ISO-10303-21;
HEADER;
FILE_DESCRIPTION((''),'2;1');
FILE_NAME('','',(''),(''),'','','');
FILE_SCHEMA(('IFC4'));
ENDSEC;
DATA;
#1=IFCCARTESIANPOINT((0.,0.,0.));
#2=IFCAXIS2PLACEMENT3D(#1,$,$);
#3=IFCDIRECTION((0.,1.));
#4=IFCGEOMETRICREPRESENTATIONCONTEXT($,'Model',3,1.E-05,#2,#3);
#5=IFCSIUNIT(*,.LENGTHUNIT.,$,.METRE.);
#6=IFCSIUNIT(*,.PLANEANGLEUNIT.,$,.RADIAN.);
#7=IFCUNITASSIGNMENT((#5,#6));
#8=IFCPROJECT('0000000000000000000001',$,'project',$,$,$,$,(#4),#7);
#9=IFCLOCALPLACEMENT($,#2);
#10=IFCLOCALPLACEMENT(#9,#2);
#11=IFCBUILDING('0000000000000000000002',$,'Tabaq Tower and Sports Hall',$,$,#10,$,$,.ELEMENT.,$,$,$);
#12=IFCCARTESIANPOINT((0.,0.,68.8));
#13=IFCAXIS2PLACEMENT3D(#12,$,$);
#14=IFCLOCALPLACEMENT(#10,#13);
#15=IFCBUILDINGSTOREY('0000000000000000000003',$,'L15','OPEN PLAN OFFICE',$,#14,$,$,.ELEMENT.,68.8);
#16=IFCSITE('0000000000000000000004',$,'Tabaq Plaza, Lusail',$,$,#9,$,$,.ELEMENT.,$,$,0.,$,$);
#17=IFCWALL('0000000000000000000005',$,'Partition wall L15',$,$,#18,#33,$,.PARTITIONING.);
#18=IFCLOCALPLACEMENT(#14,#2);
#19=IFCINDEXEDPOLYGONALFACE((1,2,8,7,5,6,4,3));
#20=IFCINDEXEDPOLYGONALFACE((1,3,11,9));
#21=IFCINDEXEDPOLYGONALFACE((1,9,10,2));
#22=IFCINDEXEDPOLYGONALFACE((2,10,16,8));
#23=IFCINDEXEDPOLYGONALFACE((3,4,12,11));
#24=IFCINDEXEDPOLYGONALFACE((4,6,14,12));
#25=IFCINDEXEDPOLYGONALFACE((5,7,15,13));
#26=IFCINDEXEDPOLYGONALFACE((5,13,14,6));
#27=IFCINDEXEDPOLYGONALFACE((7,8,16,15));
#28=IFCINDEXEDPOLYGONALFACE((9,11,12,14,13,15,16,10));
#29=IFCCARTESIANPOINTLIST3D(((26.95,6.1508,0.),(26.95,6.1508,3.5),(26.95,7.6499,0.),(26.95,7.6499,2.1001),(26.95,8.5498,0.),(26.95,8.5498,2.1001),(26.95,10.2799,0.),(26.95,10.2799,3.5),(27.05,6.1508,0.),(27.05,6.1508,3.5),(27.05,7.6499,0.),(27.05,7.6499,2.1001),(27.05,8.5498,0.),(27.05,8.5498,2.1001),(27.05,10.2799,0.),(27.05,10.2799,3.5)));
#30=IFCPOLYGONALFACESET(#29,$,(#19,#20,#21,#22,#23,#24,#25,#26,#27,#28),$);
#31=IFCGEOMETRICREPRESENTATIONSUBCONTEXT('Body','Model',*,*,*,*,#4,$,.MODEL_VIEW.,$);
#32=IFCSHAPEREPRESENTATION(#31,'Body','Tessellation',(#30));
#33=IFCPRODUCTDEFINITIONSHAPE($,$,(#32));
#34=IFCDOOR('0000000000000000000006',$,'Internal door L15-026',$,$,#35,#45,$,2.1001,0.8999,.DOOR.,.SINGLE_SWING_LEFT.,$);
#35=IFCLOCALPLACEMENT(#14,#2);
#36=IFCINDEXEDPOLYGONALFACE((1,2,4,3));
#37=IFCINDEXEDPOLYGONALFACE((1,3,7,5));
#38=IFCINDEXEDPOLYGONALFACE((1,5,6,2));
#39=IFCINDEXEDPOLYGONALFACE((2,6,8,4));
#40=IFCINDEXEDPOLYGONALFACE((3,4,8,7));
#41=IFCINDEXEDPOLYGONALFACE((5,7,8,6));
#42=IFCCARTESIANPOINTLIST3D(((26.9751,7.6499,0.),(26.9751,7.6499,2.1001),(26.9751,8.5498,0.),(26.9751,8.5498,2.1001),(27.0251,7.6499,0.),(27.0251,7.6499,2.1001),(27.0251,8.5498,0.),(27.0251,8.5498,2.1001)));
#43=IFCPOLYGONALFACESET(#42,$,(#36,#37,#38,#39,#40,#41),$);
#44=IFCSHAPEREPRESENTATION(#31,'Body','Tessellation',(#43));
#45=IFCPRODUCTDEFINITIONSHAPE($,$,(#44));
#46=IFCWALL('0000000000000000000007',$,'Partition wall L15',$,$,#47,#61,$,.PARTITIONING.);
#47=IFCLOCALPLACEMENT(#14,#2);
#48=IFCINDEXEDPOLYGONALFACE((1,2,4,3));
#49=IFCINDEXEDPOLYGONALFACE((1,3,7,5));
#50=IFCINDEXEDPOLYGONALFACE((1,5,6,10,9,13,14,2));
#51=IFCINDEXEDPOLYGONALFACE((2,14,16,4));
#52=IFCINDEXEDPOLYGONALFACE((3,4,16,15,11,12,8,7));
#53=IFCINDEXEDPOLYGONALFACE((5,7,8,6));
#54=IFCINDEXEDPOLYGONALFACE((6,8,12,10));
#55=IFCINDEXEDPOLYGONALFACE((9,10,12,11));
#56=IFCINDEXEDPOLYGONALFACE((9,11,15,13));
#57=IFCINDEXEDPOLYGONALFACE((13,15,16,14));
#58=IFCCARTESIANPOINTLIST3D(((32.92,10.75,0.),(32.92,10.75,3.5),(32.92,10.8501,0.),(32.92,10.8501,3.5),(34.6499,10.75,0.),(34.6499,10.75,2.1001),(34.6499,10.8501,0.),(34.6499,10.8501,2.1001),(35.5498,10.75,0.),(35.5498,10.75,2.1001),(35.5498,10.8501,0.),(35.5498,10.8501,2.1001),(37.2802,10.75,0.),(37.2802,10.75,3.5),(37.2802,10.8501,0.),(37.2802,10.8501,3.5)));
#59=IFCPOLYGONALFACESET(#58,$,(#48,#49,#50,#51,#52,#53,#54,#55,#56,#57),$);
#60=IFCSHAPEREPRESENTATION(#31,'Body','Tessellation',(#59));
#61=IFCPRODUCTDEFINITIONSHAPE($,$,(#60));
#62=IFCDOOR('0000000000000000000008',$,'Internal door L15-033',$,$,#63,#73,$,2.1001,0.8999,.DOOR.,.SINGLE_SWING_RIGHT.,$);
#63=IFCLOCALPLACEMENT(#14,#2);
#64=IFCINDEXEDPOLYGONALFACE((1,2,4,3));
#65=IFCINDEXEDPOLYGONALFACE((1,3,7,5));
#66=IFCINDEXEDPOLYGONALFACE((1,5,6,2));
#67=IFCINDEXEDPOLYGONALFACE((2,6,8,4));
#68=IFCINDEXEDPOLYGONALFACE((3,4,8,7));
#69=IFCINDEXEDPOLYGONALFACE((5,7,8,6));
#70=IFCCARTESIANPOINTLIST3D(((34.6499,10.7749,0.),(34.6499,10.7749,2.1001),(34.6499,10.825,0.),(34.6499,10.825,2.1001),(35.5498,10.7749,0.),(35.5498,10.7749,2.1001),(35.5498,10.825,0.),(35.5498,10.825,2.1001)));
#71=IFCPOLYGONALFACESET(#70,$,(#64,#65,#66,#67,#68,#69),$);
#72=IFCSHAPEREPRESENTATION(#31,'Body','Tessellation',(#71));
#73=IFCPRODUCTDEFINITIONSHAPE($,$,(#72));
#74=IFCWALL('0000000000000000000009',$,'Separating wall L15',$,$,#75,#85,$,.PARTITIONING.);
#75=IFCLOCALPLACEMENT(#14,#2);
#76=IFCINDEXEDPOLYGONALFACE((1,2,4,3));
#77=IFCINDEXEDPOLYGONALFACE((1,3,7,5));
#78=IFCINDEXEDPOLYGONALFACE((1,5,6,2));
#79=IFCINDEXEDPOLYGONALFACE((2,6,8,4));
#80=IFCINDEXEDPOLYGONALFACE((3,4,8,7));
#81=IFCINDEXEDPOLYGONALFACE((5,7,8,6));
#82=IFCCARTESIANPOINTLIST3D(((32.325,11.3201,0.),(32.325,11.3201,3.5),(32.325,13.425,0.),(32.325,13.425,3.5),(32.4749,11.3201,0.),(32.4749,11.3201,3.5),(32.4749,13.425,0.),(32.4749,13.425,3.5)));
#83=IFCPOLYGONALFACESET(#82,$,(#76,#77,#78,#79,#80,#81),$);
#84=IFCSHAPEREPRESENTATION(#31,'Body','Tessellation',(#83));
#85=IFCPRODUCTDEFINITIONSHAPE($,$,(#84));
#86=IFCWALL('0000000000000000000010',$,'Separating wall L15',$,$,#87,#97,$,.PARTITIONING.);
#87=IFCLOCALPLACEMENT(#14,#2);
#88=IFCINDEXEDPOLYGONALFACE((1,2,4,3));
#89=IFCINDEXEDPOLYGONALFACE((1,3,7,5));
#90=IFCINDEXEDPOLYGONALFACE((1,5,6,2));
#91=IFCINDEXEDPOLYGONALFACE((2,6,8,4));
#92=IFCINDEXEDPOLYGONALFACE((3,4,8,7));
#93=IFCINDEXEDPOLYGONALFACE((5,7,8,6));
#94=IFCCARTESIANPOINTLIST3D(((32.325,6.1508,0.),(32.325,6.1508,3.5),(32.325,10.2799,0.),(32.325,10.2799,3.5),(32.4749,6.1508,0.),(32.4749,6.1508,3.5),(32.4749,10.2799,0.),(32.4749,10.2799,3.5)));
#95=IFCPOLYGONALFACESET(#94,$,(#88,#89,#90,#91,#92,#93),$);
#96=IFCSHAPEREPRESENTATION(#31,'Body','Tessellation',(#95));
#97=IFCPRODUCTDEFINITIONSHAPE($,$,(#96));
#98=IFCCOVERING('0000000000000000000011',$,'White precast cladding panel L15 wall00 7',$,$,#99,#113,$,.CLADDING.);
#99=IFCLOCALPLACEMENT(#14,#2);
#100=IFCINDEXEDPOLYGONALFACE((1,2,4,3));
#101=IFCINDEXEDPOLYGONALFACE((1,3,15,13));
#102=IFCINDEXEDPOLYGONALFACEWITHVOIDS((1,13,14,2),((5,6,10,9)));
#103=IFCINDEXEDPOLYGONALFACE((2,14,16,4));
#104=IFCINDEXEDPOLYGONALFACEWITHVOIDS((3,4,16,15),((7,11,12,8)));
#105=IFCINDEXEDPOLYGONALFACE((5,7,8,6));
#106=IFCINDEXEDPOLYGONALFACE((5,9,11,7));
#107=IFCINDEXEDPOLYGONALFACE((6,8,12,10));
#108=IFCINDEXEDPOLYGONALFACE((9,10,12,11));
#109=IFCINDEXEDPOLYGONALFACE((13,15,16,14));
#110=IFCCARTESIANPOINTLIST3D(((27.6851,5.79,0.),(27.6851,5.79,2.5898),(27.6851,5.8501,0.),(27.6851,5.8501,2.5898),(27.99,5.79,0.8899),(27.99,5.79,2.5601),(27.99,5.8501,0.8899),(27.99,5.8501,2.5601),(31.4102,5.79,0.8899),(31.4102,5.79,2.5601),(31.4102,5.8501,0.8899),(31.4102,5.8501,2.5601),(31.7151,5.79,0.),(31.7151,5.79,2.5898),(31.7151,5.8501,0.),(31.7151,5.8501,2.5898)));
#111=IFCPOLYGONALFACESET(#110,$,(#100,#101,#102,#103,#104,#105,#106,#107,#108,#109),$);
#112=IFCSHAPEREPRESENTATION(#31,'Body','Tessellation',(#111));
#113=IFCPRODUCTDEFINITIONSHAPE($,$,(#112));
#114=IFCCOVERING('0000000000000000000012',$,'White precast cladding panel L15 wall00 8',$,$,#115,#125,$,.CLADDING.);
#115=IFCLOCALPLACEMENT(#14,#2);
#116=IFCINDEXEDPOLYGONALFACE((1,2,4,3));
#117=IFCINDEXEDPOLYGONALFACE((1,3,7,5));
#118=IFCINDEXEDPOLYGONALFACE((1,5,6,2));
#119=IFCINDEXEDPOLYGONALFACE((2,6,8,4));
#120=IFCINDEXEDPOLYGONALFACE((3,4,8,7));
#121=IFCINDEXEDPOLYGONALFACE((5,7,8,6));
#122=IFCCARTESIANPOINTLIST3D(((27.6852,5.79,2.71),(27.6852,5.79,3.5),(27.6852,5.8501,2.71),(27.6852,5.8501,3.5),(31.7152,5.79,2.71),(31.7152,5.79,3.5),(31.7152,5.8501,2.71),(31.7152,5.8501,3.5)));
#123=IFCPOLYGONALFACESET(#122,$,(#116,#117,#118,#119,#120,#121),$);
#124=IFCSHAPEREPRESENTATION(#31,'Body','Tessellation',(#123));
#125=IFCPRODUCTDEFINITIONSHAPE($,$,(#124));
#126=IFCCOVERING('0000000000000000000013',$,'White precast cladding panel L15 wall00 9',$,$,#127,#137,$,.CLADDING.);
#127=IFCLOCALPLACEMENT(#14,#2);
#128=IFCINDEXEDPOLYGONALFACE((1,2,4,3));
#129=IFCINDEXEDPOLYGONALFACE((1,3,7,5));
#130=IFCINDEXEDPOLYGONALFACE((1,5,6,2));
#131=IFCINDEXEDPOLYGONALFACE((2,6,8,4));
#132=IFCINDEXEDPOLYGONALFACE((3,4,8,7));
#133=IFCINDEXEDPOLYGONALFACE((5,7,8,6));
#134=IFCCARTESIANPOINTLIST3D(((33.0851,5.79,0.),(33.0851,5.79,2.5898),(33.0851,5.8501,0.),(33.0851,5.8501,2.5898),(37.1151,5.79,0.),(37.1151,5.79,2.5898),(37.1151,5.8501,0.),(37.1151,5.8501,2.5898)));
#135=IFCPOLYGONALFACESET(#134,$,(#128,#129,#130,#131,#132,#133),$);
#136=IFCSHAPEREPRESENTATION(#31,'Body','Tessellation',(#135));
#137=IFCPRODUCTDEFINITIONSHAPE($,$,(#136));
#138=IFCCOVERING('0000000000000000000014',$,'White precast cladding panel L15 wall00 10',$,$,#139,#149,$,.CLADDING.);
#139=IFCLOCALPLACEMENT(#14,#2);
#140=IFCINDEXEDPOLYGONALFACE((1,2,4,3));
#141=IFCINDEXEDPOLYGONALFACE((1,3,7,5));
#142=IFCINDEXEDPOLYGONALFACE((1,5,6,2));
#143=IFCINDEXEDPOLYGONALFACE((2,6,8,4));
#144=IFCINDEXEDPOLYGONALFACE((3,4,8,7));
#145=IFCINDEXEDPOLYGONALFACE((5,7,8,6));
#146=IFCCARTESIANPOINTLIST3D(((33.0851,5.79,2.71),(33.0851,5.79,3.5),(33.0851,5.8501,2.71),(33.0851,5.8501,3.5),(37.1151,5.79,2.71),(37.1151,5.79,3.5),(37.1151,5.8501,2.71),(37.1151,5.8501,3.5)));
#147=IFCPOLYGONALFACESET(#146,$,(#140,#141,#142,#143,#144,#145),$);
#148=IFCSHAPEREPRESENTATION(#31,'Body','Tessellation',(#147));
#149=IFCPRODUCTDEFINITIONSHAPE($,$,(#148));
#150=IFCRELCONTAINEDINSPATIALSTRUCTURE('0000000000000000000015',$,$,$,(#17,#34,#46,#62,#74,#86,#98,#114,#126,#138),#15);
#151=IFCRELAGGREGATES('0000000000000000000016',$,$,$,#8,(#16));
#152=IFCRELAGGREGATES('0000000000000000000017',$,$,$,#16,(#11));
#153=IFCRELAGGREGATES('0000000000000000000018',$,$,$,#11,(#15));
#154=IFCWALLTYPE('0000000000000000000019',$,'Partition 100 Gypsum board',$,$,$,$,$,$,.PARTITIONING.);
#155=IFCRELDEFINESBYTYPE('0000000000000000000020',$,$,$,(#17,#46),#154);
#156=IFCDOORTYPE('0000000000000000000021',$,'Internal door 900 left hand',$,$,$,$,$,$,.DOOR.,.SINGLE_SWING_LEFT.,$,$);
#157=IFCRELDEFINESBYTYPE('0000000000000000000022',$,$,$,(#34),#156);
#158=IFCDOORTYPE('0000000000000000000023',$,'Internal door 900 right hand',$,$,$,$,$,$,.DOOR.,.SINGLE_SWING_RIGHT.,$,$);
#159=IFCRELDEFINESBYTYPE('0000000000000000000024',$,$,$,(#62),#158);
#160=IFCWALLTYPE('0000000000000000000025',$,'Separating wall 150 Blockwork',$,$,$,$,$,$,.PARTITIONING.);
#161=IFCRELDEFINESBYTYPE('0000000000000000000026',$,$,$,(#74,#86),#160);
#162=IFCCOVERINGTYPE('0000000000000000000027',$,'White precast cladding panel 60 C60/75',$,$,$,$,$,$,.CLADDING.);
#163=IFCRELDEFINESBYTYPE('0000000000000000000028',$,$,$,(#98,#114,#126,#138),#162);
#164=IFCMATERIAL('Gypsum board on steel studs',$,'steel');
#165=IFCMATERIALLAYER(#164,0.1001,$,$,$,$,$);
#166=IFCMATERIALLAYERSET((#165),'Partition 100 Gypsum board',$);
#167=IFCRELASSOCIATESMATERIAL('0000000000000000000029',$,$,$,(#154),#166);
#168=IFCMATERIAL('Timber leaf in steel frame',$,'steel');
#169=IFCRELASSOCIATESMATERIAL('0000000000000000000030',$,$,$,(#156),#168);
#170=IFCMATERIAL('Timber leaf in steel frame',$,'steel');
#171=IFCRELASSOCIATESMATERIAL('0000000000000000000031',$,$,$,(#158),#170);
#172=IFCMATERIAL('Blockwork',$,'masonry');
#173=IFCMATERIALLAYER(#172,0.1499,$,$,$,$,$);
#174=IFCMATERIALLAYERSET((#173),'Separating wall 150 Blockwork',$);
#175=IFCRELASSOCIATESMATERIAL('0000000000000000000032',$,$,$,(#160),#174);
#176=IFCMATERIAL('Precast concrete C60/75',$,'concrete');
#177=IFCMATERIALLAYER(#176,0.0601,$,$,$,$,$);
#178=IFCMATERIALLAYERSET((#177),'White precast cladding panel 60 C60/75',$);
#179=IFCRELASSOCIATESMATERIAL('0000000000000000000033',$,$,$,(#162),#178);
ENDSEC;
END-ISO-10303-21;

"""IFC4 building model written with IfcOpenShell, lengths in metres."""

from ifc_helpers import new_model, si_unit, direction, frame, frame_2d, origin, place, context, subcontext, project, spatial, polyline, rectangle, outline, extrude, material, layer, layer_set, type_object, element, fill, save


model = new_model("IFC4")

# Units and contexts
model_context = context("Model", 3, precision=1e-05, world=origin(), true_north=direction((0.0, 1.0)))
body_context = subcontext(model_context, "Body", "Model", "MODEL_VIEW")
ifc_project = project(units=[si_unit("LENGTHUNIT", "METRE"), si_unit("PLANEANGLEUNIT", "RADIAN")], contexts=[model_context])

# Site, building, storey
site_placement = place(None, origin())
site = spatial("IfcSite", under=ifc_project, at=site_placement, Name="Tabaq Plaza, Lusail", CompositionType="ELEMENT", RefElevation=0.0)
building_placement = place(site_placement, origin())
building = spatial("IfcBuilding", under=site, at=building_placement, Name="Tabaq Tower and Sports Hall", CompositionType="ELEMENT")
storey_placement = place(building_placement, frame((0.0, 0.0, 68.8)))
storey = spatial("IfcBuildingStorey", under=building, at=storey_placement, Name="L15", Description="OPEN PLAN OFFICE", CompositionType="ELEMENT", Elevation=68.8)

# Shared definitions
ifc_material_1 = material(Name="Gypsum board on steel studs", Category="steel")
ifc_layer_1 = layer(ifc_material_1, 0.1001)
ifc_layer_set_1 = layer_set([ifc_layer_1], Name="Partition 100 Gypsum board")
wall_type_1 = type_object("IfcWallType", Name="Partition 100 Gypsum board", PredefinedType="PARTITIONING", material=ifc_layer_set_1)
ifc_material_2 = material(Name="Timber leaf in steel frame", Category="steel")
door_type_1 = type_object("IfcDoorType", Name="Internal door 900 left hand", OperationType="SINGLE_SWING_LEFT", PredefinedType="DOOR", material=ifc_material_2)

# Walls, openings, doors
wall_1_placement = place(storey_placement, frame((27.0, 6.1509, 0.0), z_axis=(0.0, 0.0, 1.0), x_axis=(0.0, 1.0, 0.0)))
wall_1 = element("IfcWall", 1, at=wall_1_placement, inside=storey, type_object=wall_type_1, Name="Partition wall L15", PredefinedType="PARTITIONING", context=body_context, shape_type="SweptSolid", body=[
    extrude(rectangle(XDim=4.1292, YDim=0.1001, at=frame_2d((2.0645, 0.0))), origin(), (0.0, 0.0, 1.0), 3.5),
])
opening_1_placement = place(wall_1_placement, frame((1.499, 0.0, 0.0)))
opening_1 = element("IfcOpeningElement", 2, at=opening_1_placement, cuts=wall_1, PredefinedType="OPENING", context=body_context, shape_type="SweptSolid", body=[
    extrude(rectangle(XDim=0.8999, YDim=2.1001, at=frame_2d((0.45, 1.05))), frame((0.0, 0.05, 0.0), z_axis=(0.0, -1.0, 0.0), x_axis=(1.0, 0.0, 0.0)), (0.0, 0.0, 1.0), 0.1001),
])
door_1_placement = place(opening_1_placement, origin())
door_1 = element("IfcDoor", 3, at=door_1_placement, inside=storey, type_object=door_type_1, Name="Internal door L15-026", OperationType="SINGLE_SWING_LEFT", OverallHeight=2.1001, OverallWidth=0.8999, PredefinedType="DOOR", context=body_context, shape_type="SweptSolid", body=[
    extrude(rectangle(XDim=0.8999, YDim=2.1001, at=frame_2d((0.45, 1.05))), frame((0.0, 0.0249, 0.0), z_axis=(0.0, -1.0, 0.0), x_axis=(1.0, 0.0, 0.0)), (0.0, 0.0, 1.0), 0.05),
])
fill(opening_1, door_1)
wall_2_placement = place(storey_placement, frame((32.9199, 10.8, 0.0), z_axis=(0.0, 0.0, 1.0), x_axis=(1.0, 0.0, 0.0)))
wall_2 = element("IfcWall", 4, at=wall_2_placement, inside=storey, type_object=wall_type_1, Name="Partition wall L15", PredefinedType="PARTITIONING", context=body_context, shape_type="SweptSolid", body=[
    extrude(rectangle(XDim=4.3601, YDim=0.1001, at=frame_2d((2.1802, 0.0))), origin(), (0.0, 0.0, 1.0), 3.5),
])
opening_2_placement = place(wall_2_placement, frame((1.73, 0.0, 0.0)))
opening_2 = element("IfcOpeningElement", 5, at=opening_2_placement, cuts=wall_2, PredefinedType="OPENING", context=body_context, shape_type="SweptSolid", body=[
    extrude(rectangle(XDim=0.8999, YDim=2.1001, at=frame_2d((0.45, 1.05))), frame((0.0, 0.05, 0.0), z_axis=(0.0, -1.0, 0.0), x_axis=(1.0, 0.0, 0.0)), (0.0, 0.0, 1.0), 0.1001),
])
ifc_material_3 = material(Name="Timber leaf in steel frame", Category="steel")
door_type_2 = type_object("IfcDoorType", Name="Internal door 900 right hand", OperationType="SINGLE_SWING_RIGHT", PredefinedType="DOOR", material=ifc_material_3)
door_2_placement = place(opening_2_placement, origin())
door_2 = element("IfcDoor", 6, at=door_2_placement, inside=storey, type_object=door_type_2, Name="Internal door L15-033", OperationType="SINGLE_SWING_RIGHT", OverallHeight=2.1001, OverallWidth=0.8999, PredefinedType="DOOR", context=body_context, shape_type="SweptSolid", body=[
    extrude(rectangle(XDim=0.8999, YDim=2.1001, at=frame_2d((0.45, 1.05))), frame((0.0, 0.0249, 0.0), z_axis=(0.0, -1.0, 0.0), x_axis=(1.0, 0.0, 0.0)), (0.0, 0.0, 1.0), 0.05),
])
fill(opening_2, door_2)

# Walls
ifc_material_4 = material(Name="Blockwork", Category="masonry")
ifc_layer_2 = layer(ifc_material_4, 0.1499)
ifc_layer_set_2 = layer_set([ifc_layer_2], Name="Separating wall 150 Blockwork")
wall_type_2 = type_object("IfcWallType", Name="Separating wall 150 Blockwork", PredefinedType="PARTITIONING", material=ifc_layer_set_2)
wall_3_placement = place(storey_placement, frame((32.3999, 11.3201, 0.0), z_axis=(0.0, 0.0, 1.0), x_axis=(0.0, 1.0, 0.0)))
element("IfcWall", 7, at=wall_3_placement, inside=storey, type_object=wall_type_2, Name="Separating wall L15", PredefinedType="PARTITIONING", context=body_context, shape_type="SweptSolid", body=[
    extrude(rectangle(XDim=2.105, YDim=0.1499, at=frame_2d((1.0525, 0.0))), origin(), (0.0, 0.0, 1.0), 3.5),
])
wall_4_placement = place(storey_placement, frame((32.3999, 6.1509, 0.0), z_axis=(0.0, 0.0, 1.0), x_axis=(0.0, 1.0, 0.0)))
element("IfcWall", 8, at=wall_4_placement, inside=storey, type_object=wall_type_2, Name="Separating wall L15", PredefinedType="PARTITIONING", context=body_context, shape_type="SweptSolid", body=[
    extrude(rectangle(XDim=4.1292, YDim=0.1499, at=frame_2d((2.0645, 0.0))), origin(), (0.0, 0.0, 1.0), 3.5),
])

# Coverings
ifc_material_5 = material(Name="Precast concrete C60/75", Category="concrete")
ifc_layer_3 = layer(ifc_material_5, 0.0601)
ifc_layer_set_3 = layer_set([ifc_layer_3], Name="White precast cladding panel 60 C60/75")
covering_type = type_object("IfcCoveringType", Name="White precast cladding panel 60 C60/75", PredefinedType="CLADDING", material=ifc_layer_set_3)
covering_1_placement = place(storey_placement, frame((27.6851, 5.8201, 0.0), z_axis=(0.0, 0.0, 1.0), x_axis=(1.0, 0.0, 0.0)))
element("IfcCovering", 9, at=covering_1_placement, inside=storey, type_object=covering_type, Name="White precast cladding panel L15 wall00 7", PredefinedType="CLADDING", context=body_context, shape_type="SweptSolid", body=[
    extrude(outline(polyline([(0.0, 0.0), (4.03, 0.0), (4.03, 2.5898), (0.0, 2.5898), (0.0, 0.0)]), holes=[polyline([(3.7251, 0.8899), (0.3049, 0.8899), (0.3049, 2.5601), (3.7251, 2.5601), (3.7251, 0.8899)])]), frame((0.0, 0.03, 0.0), z_axis=(0.0, -1.0, 0.0), x_axis=(1.0, 0.0, 0.0)), (0.0, 0.0, 1.0), 0.0601),
])
covering_2_placement = place(storey_placement, frame((27.6851, 5.8201, 2.71), z_axis=(0.0, 0.0, 1.0), x_axis=(1.0, 0.0, 0.0)))
element("IfcCovering", 10, at=covering_2_placement, inside=storey, type_object=covering_type, Name="White precast cladding panel L15 wall00 8", PredefinedType="CLADDING", context=body_context, shape_type="SweptSolid", body=[
    extrude(rectangle(XDim=4.03, YDim=0.0601, at=frame_2d((2.0151, 0.0))), origin(), (0.0, 0.0, 1.0), 0.79),
])
covering_3_placement = place(storey_placement, frame((33.085, 5.8201, 0.0), z_axis=(0.0, 0.0, 1.0), x_axis=(1.0, 0.0, 0.0)))
element("IfcCovering", 11, at=covering_3_placement, inside=storey, type_object=covering_type, Name="White precast cladding panel L15 wall00 9", PredefinedType="CLADDING", context=body_context, shape_type="SweptSolid", body=[
    extrude(rectangle(XDim=4.03, YDim=0.0601, at=frame_2d((2.0151, 0.0))), origin(), (0.0, 0.0, 1.0), 2.5898),
])
covering_4_placement = place(storey_placement, frame((33.085, 5.8201, 2.71), z_axis=(0.0, 0.0, 1.0), x_axis=(1.0, 0.0, 0.0)))
element("IfcCovering", 12, at=covering_4_placement, inside=storey, type_object=covering_type, Name="White precast cladding panel L15 wall00 10", PredefinedType="CLADDING", context=body_context, shape_type="SweptSolid", body=[
    extrude(rectangle(XDim=4.03, YDim=0.0601, at=frame_2d((2.0151, 0.0))), origin(), (0.0, 0.0, 1.0), 0.79),
])

save(model, "model.ifc")
